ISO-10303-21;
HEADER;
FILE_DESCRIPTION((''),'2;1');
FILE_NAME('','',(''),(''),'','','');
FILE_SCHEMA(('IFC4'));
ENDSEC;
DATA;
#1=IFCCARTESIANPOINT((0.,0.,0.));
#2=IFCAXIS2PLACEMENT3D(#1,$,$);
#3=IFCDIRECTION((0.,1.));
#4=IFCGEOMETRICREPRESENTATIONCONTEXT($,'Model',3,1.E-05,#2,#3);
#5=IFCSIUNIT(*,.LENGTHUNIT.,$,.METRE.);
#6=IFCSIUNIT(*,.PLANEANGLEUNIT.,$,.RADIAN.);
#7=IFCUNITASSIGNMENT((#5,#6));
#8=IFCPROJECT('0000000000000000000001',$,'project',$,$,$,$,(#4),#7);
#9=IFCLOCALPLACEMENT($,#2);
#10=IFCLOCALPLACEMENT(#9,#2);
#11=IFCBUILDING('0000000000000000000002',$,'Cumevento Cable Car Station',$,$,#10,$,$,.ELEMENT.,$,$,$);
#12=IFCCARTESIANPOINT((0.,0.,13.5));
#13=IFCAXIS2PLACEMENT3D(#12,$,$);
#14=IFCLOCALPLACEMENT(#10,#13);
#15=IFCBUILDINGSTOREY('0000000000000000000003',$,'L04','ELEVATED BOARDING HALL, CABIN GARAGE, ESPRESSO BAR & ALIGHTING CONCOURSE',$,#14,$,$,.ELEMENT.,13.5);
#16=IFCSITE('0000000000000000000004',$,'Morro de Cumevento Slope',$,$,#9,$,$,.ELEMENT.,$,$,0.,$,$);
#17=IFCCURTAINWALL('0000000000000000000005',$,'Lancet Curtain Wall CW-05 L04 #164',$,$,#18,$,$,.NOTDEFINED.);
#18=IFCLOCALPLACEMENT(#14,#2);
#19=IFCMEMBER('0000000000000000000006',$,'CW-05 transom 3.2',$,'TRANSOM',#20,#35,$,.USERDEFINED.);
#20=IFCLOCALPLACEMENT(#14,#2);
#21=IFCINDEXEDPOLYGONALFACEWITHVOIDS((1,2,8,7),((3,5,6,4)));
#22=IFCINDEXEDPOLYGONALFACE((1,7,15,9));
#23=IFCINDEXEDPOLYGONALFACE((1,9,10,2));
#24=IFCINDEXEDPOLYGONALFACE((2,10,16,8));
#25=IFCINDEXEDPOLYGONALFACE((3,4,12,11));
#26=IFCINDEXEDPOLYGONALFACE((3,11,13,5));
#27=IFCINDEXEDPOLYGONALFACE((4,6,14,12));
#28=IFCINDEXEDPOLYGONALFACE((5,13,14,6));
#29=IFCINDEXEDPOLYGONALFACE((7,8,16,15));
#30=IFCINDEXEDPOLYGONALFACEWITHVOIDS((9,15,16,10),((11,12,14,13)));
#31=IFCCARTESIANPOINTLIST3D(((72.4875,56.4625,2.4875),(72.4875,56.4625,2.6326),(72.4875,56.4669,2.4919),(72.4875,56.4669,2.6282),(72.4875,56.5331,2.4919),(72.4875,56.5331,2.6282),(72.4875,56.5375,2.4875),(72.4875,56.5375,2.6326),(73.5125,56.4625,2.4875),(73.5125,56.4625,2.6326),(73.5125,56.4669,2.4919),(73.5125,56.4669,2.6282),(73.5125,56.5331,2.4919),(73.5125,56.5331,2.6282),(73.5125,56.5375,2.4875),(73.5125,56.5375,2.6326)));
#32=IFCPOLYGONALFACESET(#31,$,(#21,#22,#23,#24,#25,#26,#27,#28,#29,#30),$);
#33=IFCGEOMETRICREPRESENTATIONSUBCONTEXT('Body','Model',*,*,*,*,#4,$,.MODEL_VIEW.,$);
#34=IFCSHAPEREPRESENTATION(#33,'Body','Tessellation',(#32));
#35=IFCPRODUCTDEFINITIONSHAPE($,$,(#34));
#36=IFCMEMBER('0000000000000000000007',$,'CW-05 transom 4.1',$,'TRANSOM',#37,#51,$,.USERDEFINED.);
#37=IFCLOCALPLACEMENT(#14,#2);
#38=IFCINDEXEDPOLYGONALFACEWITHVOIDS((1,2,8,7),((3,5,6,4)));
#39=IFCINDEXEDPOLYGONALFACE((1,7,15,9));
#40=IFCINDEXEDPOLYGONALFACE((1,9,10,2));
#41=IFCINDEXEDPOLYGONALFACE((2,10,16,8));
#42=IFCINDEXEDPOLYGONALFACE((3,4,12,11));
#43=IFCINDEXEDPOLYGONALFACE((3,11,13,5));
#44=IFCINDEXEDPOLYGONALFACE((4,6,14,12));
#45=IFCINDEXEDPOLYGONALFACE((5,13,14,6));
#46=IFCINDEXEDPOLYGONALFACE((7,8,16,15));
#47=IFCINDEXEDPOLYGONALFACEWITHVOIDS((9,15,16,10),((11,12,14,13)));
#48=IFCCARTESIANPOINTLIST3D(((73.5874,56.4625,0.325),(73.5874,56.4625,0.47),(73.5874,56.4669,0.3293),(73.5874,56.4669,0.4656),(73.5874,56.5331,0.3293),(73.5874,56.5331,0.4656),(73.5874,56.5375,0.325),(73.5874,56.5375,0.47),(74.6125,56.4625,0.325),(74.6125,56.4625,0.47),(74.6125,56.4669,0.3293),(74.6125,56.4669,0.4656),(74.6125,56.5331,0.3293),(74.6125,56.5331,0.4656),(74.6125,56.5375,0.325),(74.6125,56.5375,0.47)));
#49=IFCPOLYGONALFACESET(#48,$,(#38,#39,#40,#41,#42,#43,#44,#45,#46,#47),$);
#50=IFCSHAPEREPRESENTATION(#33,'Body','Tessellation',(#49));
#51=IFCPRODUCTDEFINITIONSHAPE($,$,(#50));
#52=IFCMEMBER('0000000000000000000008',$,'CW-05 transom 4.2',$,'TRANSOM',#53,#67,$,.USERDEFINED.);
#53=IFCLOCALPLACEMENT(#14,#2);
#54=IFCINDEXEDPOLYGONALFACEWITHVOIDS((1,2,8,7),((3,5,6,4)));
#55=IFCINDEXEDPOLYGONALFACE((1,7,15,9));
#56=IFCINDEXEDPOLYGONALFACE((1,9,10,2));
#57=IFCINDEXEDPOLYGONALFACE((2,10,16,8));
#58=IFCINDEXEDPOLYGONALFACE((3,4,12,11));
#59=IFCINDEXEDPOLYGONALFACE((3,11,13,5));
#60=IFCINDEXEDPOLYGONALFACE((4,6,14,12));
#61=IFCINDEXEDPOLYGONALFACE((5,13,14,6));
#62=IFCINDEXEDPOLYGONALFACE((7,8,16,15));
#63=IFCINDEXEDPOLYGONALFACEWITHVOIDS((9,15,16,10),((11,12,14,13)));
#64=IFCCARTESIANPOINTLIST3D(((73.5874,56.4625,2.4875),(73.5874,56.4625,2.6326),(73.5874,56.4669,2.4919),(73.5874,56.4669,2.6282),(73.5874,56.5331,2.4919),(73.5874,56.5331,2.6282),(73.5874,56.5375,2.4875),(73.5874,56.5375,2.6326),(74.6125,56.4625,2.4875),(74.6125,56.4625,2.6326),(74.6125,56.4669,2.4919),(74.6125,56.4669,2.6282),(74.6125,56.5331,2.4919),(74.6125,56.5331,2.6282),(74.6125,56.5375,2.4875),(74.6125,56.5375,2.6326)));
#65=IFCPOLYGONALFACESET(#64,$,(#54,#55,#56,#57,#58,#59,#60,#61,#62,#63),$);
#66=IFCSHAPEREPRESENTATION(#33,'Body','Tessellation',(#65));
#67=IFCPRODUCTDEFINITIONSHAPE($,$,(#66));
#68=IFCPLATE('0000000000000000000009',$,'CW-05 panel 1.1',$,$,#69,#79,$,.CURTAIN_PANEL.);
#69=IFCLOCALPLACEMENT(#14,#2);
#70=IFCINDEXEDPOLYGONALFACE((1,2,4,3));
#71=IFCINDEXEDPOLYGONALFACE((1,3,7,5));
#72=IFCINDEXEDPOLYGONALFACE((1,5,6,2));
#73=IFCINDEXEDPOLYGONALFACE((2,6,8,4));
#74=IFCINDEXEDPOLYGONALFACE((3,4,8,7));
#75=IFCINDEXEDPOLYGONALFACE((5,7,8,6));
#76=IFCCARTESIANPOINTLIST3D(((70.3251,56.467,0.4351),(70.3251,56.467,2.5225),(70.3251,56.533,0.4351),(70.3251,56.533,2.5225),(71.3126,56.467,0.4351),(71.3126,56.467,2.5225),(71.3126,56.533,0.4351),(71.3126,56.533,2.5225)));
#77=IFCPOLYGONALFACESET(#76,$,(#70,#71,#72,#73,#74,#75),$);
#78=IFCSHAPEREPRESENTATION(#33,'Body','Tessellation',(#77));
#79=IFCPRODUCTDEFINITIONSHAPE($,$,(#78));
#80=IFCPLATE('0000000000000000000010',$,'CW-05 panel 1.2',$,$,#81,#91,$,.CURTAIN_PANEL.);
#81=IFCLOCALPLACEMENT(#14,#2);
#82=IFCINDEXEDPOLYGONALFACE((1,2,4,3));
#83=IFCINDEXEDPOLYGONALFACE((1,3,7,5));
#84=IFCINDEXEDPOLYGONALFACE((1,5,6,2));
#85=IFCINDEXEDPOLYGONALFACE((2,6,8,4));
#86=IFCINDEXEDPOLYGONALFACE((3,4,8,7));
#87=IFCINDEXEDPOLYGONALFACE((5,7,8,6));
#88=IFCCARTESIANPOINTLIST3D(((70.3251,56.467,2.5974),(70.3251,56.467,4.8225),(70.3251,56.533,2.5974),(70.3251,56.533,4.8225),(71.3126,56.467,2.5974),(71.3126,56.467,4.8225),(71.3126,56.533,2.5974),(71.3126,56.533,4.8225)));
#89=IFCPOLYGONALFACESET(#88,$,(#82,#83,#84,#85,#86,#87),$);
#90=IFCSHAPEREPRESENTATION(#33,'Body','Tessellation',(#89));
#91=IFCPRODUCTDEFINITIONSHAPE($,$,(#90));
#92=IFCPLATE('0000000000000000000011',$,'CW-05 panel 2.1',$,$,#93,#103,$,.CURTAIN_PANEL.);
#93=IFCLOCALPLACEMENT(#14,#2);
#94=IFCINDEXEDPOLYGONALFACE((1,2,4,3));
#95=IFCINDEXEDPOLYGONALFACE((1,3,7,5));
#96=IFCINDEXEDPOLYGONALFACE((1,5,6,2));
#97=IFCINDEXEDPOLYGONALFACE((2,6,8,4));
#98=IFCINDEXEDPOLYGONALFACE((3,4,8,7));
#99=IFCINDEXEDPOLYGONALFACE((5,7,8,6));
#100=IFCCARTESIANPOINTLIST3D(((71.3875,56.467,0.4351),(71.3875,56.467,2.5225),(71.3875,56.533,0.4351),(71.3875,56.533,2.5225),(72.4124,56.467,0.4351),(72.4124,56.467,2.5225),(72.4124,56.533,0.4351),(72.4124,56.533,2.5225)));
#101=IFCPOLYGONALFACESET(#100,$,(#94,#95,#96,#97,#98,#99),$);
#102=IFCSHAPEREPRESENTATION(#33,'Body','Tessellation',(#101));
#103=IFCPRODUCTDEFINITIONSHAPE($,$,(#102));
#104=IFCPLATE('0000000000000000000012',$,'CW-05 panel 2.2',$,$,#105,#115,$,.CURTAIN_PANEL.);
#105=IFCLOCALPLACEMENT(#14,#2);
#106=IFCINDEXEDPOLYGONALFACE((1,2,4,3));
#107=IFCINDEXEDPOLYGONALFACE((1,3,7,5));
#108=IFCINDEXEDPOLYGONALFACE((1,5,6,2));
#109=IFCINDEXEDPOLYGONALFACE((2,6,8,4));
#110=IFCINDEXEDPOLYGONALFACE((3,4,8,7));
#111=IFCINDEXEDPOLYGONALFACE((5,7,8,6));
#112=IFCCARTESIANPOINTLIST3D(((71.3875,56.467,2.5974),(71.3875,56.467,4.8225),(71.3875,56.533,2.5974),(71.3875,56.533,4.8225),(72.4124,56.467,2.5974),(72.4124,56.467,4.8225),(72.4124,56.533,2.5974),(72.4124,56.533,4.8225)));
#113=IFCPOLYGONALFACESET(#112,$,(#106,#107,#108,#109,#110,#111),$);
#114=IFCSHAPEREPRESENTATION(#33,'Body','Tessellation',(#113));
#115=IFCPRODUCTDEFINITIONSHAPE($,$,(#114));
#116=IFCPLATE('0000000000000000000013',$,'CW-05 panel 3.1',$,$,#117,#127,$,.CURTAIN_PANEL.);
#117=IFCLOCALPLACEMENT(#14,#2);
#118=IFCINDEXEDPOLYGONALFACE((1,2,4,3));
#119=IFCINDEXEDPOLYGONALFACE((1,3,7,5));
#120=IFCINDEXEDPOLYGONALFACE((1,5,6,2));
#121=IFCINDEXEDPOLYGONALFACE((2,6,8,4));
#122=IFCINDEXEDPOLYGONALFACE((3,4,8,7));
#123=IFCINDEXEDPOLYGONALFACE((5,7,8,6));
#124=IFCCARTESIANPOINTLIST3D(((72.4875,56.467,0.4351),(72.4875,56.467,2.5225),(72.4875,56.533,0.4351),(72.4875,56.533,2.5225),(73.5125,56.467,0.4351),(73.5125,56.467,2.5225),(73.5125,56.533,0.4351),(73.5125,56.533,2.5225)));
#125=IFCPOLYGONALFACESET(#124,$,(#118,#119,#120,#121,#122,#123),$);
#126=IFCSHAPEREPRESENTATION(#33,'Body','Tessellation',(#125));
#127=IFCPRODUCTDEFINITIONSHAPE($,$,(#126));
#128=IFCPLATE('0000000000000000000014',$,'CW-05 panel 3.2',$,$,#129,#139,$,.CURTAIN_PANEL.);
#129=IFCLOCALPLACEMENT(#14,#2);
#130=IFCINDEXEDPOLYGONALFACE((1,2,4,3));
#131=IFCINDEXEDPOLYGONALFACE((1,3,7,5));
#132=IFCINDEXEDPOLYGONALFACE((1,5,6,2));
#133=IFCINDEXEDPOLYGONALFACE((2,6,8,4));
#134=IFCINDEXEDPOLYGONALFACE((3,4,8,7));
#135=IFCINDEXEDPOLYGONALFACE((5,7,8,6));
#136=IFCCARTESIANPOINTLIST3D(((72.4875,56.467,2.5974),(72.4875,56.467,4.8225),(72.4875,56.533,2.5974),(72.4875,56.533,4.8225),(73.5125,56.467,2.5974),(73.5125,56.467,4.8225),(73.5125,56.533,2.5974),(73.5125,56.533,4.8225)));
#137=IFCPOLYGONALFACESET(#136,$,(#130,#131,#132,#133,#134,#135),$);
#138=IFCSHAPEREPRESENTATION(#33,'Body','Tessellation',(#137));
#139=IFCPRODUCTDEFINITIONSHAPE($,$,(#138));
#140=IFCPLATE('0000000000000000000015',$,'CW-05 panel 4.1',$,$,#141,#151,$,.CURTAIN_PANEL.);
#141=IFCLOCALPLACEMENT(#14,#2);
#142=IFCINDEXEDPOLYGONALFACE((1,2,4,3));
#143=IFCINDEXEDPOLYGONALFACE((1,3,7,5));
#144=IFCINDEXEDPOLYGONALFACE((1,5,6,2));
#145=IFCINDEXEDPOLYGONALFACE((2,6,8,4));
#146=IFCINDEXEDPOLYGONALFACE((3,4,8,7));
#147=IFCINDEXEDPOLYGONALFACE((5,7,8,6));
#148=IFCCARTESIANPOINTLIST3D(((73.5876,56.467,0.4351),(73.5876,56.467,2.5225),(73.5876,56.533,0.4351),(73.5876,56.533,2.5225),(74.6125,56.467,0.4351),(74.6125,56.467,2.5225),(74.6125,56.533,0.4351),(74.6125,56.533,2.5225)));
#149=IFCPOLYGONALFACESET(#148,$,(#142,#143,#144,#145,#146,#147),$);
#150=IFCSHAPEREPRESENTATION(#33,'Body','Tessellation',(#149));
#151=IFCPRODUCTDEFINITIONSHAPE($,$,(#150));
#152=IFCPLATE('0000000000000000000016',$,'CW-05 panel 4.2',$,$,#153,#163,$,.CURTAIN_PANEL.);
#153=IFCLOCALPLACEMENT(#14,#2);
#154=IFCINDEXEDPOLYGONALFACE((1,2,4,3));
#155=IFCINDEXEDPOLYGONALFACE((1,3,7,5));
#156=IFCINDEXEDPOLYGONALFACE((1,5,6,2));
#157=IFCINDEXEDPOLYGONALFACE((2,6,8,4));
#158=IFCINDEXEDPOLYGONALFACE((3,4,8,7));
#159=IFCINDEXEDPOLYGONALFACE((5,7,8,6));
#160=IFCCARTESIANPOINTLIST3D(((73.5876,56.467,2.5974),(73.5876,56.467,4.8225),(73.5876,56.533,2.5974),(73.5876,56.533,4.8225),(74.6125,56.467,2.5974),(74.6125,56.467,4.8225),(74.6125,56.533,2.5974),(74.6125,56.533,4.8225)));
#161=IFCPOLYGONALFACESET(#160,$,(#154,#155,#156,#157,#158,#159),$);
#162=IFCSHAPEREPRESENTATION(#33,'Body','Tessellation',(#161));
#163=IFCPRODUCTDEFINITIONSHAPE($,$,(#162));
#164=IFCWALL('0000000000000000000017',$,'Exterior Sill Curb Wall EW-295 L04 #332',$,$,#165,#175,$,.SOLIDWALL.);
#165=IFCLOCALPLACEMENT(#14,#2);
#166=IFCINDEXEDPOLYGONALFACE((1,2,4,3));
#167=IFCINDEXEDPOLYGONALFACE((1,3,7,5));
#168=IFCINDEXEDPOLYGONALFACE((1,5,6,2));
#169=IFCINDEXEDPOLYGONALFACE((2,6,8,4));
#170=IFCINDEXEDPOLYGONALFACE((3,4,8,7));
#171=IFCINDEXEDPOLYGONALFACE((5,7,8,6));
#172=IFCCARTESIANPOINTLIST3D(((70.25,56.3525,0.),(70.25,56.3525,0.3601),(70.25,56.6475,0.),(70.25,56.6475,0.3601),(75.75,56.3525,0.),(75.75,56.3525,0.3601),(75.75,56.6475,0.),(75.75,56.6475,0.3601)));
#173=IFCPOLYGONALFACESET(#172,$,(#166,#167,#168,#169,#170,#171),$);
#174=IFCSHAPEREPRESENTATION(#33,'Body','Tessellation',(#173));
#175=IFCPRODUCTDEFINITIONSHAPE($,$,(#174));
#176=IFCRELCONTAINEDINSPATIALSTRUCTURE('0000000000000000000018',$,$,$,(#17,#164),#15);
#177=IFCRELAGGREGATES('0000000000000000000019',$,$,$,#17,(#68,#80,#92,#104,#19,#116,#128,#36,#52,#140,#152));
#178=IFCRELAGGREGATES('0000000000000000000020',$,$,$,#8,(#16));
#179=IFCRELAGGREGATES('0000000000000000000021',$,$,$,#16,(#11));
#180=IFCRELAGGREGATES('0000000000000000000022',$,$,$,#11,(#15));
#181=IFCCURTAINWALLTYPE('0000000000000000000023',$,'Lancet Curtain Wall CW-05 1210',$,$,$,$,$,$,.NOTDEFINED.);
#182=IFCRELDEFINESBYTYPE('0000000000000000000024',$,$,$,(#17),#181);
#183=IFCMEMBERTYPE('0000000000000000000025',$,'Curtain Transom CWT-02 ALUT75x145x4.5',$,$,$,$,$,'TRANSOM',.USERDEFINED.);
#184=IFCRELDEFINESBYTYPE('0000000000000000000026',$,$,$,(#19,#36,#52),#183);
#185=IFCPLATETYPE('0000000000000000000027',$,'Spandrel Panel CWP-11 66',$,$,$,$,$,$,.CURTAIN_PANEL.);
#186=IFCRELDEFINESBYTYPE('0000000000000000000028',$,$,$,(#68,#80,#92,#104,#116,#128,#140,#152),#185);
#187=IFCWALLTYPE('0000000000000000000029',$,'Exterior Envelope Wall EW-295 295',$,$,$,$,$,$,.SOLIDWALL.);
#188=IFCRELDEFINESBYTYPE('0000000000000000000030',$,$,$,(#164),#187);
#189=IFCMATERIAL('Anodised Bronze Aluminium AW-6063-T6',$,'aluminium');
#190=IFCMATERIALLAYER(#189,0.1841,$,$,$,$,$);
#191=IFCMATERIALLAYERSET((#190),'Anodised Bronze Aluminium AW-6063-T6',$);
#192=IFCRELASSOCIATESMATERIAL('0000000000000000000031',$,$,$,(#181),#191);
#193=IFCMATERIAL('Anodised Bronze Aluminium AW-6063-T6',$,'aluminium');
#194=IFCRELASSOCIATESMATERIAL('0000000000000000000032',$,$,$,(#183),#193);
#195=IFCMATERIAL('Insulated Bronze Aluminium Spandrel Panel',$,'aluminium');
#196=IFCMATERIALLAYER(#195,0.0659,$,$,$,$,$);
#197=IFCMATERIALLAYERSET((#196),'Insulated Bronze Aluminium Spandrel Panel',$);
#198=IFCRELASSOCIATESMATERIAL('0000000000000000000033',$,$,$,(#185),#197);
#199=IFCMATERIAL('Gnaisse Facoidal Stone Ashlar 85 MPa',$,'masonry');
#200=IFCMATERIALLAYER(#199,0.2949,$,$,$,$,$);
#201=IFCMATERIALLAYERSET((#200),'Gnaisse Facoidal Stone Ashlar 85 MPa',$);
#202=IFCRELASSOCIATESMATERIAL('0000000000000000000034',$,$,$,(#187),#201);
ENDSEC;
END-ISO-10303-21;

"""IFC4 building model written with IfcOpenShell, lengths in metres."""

from ifc_helpers import new_model, si_unit, direction, frame, frame_2d, origin, origin_2d, place, context, subcontext, project, spatial, rectangle, hollow_rectangle, extrude, material, layer, layer_set, material_profile, profile_set, type_object, element, aggregate, save


model = new_model("IFC4")

# Units and contexts
model_context = context("Model", 3, precision=1e-05, world=origin(), true_north=direction((0.0, 1.0)))
body_context = subcontext(model_context, "Body", "Model", "MODEL_VIEW")
ifc_project = project(units=[si_unit("LENGTHUNIT", "METRE"), si_unit("PLANEANGLEUNIT", "RADIAN")], contexts=[model_context])

# Site, building, storey
site_placement = place(None, origin())
site = spatial("IfcSite", under=ifc_project, at=site_placement, Name="Morro de Cumevento Slope", CompositionType="ELEMENT", RefElevation=0.0)
building_placement = place(site_placement, origin())
building = spatial("IfcBuilding", under=site, at=building_placement, Name="Cumevento Cable Car Station", CompositionType="ELEMENT")
storey_placement = place(building_placement, frame((0.0, 0.0, 13.5)))
storey = spatial("IfcBuildingStorey", under=building, at=storey_placement, Name="L04", Description="ELEVATED BOARDING HALL, CABIN GARAGE, ESPRESSO BAR & ALIGHTING CONCOURSE", CompositionType="ELEMENT", Elevation=13.5)

# Curtain wall, members, plates
ifc_material_1 = material(Name="Anodised Bronze Aluminium AW-6063-T6", Category="aluminium")
ifc_layer_1 = layer(ifc_material_1, 0.1841)
ifc_layer_set_1 = layer_set([ifc_layer_1], Name="Anodised Bronze Aluminium AW-6063-T6")
curtain_wall_type = type_object("IfcCurtainWallType", Name="Lancet Curtain Wall CW-05 1210", PredefinedType="NOTDEFINED", material=ifc_layer_set_1)
curtain_wall_placement = place(storey_placement, origin())
curtain_wall = element("IfcCurtainWall", 1, at=curtain_wall_placement, inside=storey, type_object=curtain_wall_type, Name="Lancet Curtain Wall CW-05 L04 #164", PredefinedType="NOTDEFINED")
ifc_material_2 = material(Name="Anodised Bronze Aluminium AW-6063-T6", Category="aluminium")
ifc_material_profile_1 = material_profile(ifc_material_2, hollow_rectangle(XDim=0.075, YDim=0.145, WallThickness=0.0044, at=origin_2d()), Name="ALUT75x145x4.5")
ifc_profile_set_1 = profile_set([ifc_material_profile_1], Name="Anodised Bronze Aluminium AW-6063-T6")
member_type_1 = type_object("IfcMemberType", Name="Curtain Transom CWT-02 ALUT75x145x4.5", ElementType="TRANSOM", PredefinedType="USERDEFINED", material=ifc_profile_set_1)
member_1_placement = place(storey_placement, frame((72.4875, 56.5, 2.5601), z_axis=(1.0, 0.0, 0.0), x_axis=(0.0, 1.0, 0.0)))
member_1 = element("IfcMember", 2, at=member_1_placement, type_object=member_type_1, Name="CW-05 transom 3.2", ObjectType="TRANSOM", PredefinedType="USERDEFINED", context=body_context, shape_type="SweptSolid", body=[
    extrude(hollow_rectangle(XDim=0.075, YDim=0.145, WallThickness=0.0044, at=origin_2d()), origin(), (0.0, 0.0, 1.0), 1.0249),
])
member_2_placement = place(storey_placement, frame((73.5874, 56.5, 0.3975), z_axis=(1.0, 0.0, 0.0), x_axis=(0.0, 1.0, 0.0)))
member_2 = element("IfcMember", 3, at=member_2_placement, type_object=member_type_1, Name="CW-05 transom 4.1", ObjectType="TRANSOM", PredefinedType="USERDEFINED", context=body_context, shape_type="SweptSolid", body=[
    extrude(hollow_rectangle(XDim=0.075, YDim=0.145, WallThickness=0.0044, at=origin_2d()), origin(), (0.0, 0.0, 1.0), 1.0251),
])
member_3_placement = place(storey_placement, frame((73.5874, 56.5, 2.5601), z_axis=(1.0, 0.0, 0.0), x_axis=(0.0, 1.0, 0.0)))
member_3 = element("IfcMember", 4, at=member_3_placement, type_object=member_type_1, Name="CW-05 transom 4.2", ObjectType="TRANSOM", PredefinedType="USERDEFINED", context=body_context, shape_type="SweptSolid", body=[
    extrude(hollow_rectangle(XDim=0.075, YDim=0.145, WallThickness=0.0044, at=origin_2d()), origin(), (0.0, 0.0, 1.0), 1.0251),
])
ifc_material_3 = material(Name="Insulated Bronze Aluminium Spandrel Panel", Category="aluminium")
ifc_layer_2 = layer(ifc_material_3, 0.0659)
ifc_layer_set_2 = layer_set([ifc_layer_2], Name="Insulated Bronze Aluminium Spandrel Panel")
plate_type = type_object("IfcPlateType", Name="Spandrel Panel CWP-11 66", PredefinedType="CURTAIN_PANEL", material=ifc_layer_set_2)
plate_1_placement = place(storey_placement, frame((70.8188, 56.5, 0.4351), z_axis=(0.0, 0.0, 1.0), x_axis=(1.0, 0.0, 0.0)))
plate_1 = element("IfcPlate", 5, at=plate_1_placement, type_object=plate_type, Name="CW-05 panel 1.1", PredefinedType="CURTAIN_PANEL", context=body_context, shape_type="SweptSolid", body=[
    extrude(rectangle(XDim=0.9875, YDim=0.0659, at=origin_2d()), origin(), (0.0, 0.0, 1.0), 2.0874),
])
plate_2_placement = place(storey_placement, frame((70.8188, 56.5, 2.5974), z_axis=(0.0, 0.0, 1.0), x_axis=(1.0, 0.0, 0.0)))
plate_2 = element("IfcPlate", 6, at=plate_2_placement, type_object=plate_type, Name="CW-05 panel 1.2", PredefinedType="CURTAIN_PANEL", context=body_context, shape_type="SweptSolid", body=[
    extrude(rectangle(XDim=0.9875, YDim=0.0659, at=origin_2d()), origin(), (0.0, 0.0, 1.0), 2.2251),
])
plate_3_placement = place(storey_placement, frame((71.8999, 56.5, 0.4351), z_axis=(0.0, 0.0, 1.0), x_axis=(1.0, 0.0, 0.0)))
plate_3 = element("IfcPlate", 7, at=plate_3_placement, type_object=plate_type, Name="CW-05 panel 2.1", PredefinedType="CURTAIN_PANEL", context=body_context, shape_type="SweptSolid", body=[
    extrude(rectangle(XDim=1.0249, YDim=0.0659, at=origin_2d()), origin(), (0.0, 0.0, 1.0), 2.0874),
])
plate_4_placement = place(storey_placement, frame((71.8999, 56.5, 2.5974), z_axis=(0.0, 0.0, 1.0), x_axis=(1.0, 0.0, 0.0)))
plate_4 = element("IfcPlate", 8, at=plate_4_placement, type_object=plate_type, Name="CW-05 panel 2.2", PredefinedType="CURTAIN_PANEL", context=body_context, shape_type="SweptSolid", body=[
    extrude(rectangle(XDim=1.0249, YDim=0.0659, at=origin_2d()), origin(), (0.0, 0.0, 1.0), 2.2251),
])
plate_5_placement = place(storey_placement, frame((73.0, 56.5, 0.4351), z_axis=(0.0, 0.0, 1.0), x_axis=(1.0, 0.0, 0.0)))
plate_5 = element("IfcPlate", 9, at=plate_5_placement, type_object=plate_type, Name="CW-05 panel 3.1", PredefinedType="CURTAIN_PANEL", context=body_context, shape_type="SweptSolid", body=[
    extrude(rectangle(XDim=1.0249, YDim=0.0659, at=origin_2d()), origin(), (0.0, 0.0, 1.0), 2.0874),
])
plate_6_placement = place(storey_placement, frame((73.0, 56.5, 2.5974), z_axis=(0.0, 0.0, 1.0), x_axis=(1.0, 0.0, 0.0)))
plate_6 = element("IfcPlate", 10, at=plate_6_placement, type_object=plate_type, Name="CW-05 panel 3.2", PredefinedType="CURTAIN_PANEL", context=body_context, shape_type="SweptSolid", body=[
    extrude(rectangle(XDim=1.0249, YDim=0.0659, at=origin_2d()), origin(), (0.0, 0.0, 1.0), 2.2251),
])
plate_7_placement = place(storey_placement, frame((74.1001, 56.5, 0.4351), z_axis=(0.0, 0.0, 1.0), x_axis=(1.0, 0.0, 0.0)))
plate_7 = element("IfcPlate", 11, at=plate_7_placement, type_object=plate_type, Name="CW-05 panel 4.1", PredefinedType="CURTAIN_PANEL", context=body_context, shape_type="SweptSolid", body=[
    extrude(rectangle(XDim=1.0249, YDim=0.0659, at=origin_2d()), origin(), (0.0, 0.0, 1.0), 2.0874),
])
plate_8_placement = place(storey_placement, frame((74.1001, 56.5, 2.5974), z_axis=(0.0, 0.0, 1.0), x_axis=(1.0, 0.0, 0.0)))
plate_8 = element("IfcPlate", 12, at=plate_8_placement, type_object=plate_type, Name="CW-05 panel 4.2", PredefinedType="CURTAIN_PANEL", context=body_context, shape_type="SweptSolid", body=[
    extrude(rectangle(XDim=1.0249, YDim=0.0659, at=origin_2d()), origin(), (0.0, 0.0, 1.0), 2.2251),
])
aggregate(curtain_wall, [plate_1, plate_2, plate_3, plate_4, member_1, plate_5, plate_6, member_2, member_3, plate_7, plate_8])

# Wall
ifc_material_4 = material(Name="Gnaisse Facoidal Stone Ashlar 85 MPa", Category="masonry")
ifc_layer_3 = layer(ifc_material_4, 0.2949)
ifc_layer_set_3 = layer_set([ifc_layer_3], Name="Gnaisse Facoidal Stone Ashlar 85 MPa")
wall_type = type_object("IfcWallType", Name="Exterior Envelope Wall EW-295 295", PredefinedType="SOLIDWALL", material=ifc_layer_set_3)
wall_placement = place(storey_placement, frame((70.25, 56.5, 0.0), z_axis=(0.0, 0.0, 1.0), x_axis=(1.0, 0.0, 0.0)))
element("IfcWall", 13, at=wall_placement, inside=storey, type_object=wall_type, Name="Exterior Sill Curb Wall EW-295 L04 #332", PredefinedType="SOLIDWALL", context=body_context, shape_type="SweptSolid", body=[
    extrude(rectangle(XDim=5.5, YDim=0.2949, at=frame_2d((2.75, 0.0))), origin(), (0.0, 0.0, 1.0), 0.3601),
])

save(model, "model.ifc")
